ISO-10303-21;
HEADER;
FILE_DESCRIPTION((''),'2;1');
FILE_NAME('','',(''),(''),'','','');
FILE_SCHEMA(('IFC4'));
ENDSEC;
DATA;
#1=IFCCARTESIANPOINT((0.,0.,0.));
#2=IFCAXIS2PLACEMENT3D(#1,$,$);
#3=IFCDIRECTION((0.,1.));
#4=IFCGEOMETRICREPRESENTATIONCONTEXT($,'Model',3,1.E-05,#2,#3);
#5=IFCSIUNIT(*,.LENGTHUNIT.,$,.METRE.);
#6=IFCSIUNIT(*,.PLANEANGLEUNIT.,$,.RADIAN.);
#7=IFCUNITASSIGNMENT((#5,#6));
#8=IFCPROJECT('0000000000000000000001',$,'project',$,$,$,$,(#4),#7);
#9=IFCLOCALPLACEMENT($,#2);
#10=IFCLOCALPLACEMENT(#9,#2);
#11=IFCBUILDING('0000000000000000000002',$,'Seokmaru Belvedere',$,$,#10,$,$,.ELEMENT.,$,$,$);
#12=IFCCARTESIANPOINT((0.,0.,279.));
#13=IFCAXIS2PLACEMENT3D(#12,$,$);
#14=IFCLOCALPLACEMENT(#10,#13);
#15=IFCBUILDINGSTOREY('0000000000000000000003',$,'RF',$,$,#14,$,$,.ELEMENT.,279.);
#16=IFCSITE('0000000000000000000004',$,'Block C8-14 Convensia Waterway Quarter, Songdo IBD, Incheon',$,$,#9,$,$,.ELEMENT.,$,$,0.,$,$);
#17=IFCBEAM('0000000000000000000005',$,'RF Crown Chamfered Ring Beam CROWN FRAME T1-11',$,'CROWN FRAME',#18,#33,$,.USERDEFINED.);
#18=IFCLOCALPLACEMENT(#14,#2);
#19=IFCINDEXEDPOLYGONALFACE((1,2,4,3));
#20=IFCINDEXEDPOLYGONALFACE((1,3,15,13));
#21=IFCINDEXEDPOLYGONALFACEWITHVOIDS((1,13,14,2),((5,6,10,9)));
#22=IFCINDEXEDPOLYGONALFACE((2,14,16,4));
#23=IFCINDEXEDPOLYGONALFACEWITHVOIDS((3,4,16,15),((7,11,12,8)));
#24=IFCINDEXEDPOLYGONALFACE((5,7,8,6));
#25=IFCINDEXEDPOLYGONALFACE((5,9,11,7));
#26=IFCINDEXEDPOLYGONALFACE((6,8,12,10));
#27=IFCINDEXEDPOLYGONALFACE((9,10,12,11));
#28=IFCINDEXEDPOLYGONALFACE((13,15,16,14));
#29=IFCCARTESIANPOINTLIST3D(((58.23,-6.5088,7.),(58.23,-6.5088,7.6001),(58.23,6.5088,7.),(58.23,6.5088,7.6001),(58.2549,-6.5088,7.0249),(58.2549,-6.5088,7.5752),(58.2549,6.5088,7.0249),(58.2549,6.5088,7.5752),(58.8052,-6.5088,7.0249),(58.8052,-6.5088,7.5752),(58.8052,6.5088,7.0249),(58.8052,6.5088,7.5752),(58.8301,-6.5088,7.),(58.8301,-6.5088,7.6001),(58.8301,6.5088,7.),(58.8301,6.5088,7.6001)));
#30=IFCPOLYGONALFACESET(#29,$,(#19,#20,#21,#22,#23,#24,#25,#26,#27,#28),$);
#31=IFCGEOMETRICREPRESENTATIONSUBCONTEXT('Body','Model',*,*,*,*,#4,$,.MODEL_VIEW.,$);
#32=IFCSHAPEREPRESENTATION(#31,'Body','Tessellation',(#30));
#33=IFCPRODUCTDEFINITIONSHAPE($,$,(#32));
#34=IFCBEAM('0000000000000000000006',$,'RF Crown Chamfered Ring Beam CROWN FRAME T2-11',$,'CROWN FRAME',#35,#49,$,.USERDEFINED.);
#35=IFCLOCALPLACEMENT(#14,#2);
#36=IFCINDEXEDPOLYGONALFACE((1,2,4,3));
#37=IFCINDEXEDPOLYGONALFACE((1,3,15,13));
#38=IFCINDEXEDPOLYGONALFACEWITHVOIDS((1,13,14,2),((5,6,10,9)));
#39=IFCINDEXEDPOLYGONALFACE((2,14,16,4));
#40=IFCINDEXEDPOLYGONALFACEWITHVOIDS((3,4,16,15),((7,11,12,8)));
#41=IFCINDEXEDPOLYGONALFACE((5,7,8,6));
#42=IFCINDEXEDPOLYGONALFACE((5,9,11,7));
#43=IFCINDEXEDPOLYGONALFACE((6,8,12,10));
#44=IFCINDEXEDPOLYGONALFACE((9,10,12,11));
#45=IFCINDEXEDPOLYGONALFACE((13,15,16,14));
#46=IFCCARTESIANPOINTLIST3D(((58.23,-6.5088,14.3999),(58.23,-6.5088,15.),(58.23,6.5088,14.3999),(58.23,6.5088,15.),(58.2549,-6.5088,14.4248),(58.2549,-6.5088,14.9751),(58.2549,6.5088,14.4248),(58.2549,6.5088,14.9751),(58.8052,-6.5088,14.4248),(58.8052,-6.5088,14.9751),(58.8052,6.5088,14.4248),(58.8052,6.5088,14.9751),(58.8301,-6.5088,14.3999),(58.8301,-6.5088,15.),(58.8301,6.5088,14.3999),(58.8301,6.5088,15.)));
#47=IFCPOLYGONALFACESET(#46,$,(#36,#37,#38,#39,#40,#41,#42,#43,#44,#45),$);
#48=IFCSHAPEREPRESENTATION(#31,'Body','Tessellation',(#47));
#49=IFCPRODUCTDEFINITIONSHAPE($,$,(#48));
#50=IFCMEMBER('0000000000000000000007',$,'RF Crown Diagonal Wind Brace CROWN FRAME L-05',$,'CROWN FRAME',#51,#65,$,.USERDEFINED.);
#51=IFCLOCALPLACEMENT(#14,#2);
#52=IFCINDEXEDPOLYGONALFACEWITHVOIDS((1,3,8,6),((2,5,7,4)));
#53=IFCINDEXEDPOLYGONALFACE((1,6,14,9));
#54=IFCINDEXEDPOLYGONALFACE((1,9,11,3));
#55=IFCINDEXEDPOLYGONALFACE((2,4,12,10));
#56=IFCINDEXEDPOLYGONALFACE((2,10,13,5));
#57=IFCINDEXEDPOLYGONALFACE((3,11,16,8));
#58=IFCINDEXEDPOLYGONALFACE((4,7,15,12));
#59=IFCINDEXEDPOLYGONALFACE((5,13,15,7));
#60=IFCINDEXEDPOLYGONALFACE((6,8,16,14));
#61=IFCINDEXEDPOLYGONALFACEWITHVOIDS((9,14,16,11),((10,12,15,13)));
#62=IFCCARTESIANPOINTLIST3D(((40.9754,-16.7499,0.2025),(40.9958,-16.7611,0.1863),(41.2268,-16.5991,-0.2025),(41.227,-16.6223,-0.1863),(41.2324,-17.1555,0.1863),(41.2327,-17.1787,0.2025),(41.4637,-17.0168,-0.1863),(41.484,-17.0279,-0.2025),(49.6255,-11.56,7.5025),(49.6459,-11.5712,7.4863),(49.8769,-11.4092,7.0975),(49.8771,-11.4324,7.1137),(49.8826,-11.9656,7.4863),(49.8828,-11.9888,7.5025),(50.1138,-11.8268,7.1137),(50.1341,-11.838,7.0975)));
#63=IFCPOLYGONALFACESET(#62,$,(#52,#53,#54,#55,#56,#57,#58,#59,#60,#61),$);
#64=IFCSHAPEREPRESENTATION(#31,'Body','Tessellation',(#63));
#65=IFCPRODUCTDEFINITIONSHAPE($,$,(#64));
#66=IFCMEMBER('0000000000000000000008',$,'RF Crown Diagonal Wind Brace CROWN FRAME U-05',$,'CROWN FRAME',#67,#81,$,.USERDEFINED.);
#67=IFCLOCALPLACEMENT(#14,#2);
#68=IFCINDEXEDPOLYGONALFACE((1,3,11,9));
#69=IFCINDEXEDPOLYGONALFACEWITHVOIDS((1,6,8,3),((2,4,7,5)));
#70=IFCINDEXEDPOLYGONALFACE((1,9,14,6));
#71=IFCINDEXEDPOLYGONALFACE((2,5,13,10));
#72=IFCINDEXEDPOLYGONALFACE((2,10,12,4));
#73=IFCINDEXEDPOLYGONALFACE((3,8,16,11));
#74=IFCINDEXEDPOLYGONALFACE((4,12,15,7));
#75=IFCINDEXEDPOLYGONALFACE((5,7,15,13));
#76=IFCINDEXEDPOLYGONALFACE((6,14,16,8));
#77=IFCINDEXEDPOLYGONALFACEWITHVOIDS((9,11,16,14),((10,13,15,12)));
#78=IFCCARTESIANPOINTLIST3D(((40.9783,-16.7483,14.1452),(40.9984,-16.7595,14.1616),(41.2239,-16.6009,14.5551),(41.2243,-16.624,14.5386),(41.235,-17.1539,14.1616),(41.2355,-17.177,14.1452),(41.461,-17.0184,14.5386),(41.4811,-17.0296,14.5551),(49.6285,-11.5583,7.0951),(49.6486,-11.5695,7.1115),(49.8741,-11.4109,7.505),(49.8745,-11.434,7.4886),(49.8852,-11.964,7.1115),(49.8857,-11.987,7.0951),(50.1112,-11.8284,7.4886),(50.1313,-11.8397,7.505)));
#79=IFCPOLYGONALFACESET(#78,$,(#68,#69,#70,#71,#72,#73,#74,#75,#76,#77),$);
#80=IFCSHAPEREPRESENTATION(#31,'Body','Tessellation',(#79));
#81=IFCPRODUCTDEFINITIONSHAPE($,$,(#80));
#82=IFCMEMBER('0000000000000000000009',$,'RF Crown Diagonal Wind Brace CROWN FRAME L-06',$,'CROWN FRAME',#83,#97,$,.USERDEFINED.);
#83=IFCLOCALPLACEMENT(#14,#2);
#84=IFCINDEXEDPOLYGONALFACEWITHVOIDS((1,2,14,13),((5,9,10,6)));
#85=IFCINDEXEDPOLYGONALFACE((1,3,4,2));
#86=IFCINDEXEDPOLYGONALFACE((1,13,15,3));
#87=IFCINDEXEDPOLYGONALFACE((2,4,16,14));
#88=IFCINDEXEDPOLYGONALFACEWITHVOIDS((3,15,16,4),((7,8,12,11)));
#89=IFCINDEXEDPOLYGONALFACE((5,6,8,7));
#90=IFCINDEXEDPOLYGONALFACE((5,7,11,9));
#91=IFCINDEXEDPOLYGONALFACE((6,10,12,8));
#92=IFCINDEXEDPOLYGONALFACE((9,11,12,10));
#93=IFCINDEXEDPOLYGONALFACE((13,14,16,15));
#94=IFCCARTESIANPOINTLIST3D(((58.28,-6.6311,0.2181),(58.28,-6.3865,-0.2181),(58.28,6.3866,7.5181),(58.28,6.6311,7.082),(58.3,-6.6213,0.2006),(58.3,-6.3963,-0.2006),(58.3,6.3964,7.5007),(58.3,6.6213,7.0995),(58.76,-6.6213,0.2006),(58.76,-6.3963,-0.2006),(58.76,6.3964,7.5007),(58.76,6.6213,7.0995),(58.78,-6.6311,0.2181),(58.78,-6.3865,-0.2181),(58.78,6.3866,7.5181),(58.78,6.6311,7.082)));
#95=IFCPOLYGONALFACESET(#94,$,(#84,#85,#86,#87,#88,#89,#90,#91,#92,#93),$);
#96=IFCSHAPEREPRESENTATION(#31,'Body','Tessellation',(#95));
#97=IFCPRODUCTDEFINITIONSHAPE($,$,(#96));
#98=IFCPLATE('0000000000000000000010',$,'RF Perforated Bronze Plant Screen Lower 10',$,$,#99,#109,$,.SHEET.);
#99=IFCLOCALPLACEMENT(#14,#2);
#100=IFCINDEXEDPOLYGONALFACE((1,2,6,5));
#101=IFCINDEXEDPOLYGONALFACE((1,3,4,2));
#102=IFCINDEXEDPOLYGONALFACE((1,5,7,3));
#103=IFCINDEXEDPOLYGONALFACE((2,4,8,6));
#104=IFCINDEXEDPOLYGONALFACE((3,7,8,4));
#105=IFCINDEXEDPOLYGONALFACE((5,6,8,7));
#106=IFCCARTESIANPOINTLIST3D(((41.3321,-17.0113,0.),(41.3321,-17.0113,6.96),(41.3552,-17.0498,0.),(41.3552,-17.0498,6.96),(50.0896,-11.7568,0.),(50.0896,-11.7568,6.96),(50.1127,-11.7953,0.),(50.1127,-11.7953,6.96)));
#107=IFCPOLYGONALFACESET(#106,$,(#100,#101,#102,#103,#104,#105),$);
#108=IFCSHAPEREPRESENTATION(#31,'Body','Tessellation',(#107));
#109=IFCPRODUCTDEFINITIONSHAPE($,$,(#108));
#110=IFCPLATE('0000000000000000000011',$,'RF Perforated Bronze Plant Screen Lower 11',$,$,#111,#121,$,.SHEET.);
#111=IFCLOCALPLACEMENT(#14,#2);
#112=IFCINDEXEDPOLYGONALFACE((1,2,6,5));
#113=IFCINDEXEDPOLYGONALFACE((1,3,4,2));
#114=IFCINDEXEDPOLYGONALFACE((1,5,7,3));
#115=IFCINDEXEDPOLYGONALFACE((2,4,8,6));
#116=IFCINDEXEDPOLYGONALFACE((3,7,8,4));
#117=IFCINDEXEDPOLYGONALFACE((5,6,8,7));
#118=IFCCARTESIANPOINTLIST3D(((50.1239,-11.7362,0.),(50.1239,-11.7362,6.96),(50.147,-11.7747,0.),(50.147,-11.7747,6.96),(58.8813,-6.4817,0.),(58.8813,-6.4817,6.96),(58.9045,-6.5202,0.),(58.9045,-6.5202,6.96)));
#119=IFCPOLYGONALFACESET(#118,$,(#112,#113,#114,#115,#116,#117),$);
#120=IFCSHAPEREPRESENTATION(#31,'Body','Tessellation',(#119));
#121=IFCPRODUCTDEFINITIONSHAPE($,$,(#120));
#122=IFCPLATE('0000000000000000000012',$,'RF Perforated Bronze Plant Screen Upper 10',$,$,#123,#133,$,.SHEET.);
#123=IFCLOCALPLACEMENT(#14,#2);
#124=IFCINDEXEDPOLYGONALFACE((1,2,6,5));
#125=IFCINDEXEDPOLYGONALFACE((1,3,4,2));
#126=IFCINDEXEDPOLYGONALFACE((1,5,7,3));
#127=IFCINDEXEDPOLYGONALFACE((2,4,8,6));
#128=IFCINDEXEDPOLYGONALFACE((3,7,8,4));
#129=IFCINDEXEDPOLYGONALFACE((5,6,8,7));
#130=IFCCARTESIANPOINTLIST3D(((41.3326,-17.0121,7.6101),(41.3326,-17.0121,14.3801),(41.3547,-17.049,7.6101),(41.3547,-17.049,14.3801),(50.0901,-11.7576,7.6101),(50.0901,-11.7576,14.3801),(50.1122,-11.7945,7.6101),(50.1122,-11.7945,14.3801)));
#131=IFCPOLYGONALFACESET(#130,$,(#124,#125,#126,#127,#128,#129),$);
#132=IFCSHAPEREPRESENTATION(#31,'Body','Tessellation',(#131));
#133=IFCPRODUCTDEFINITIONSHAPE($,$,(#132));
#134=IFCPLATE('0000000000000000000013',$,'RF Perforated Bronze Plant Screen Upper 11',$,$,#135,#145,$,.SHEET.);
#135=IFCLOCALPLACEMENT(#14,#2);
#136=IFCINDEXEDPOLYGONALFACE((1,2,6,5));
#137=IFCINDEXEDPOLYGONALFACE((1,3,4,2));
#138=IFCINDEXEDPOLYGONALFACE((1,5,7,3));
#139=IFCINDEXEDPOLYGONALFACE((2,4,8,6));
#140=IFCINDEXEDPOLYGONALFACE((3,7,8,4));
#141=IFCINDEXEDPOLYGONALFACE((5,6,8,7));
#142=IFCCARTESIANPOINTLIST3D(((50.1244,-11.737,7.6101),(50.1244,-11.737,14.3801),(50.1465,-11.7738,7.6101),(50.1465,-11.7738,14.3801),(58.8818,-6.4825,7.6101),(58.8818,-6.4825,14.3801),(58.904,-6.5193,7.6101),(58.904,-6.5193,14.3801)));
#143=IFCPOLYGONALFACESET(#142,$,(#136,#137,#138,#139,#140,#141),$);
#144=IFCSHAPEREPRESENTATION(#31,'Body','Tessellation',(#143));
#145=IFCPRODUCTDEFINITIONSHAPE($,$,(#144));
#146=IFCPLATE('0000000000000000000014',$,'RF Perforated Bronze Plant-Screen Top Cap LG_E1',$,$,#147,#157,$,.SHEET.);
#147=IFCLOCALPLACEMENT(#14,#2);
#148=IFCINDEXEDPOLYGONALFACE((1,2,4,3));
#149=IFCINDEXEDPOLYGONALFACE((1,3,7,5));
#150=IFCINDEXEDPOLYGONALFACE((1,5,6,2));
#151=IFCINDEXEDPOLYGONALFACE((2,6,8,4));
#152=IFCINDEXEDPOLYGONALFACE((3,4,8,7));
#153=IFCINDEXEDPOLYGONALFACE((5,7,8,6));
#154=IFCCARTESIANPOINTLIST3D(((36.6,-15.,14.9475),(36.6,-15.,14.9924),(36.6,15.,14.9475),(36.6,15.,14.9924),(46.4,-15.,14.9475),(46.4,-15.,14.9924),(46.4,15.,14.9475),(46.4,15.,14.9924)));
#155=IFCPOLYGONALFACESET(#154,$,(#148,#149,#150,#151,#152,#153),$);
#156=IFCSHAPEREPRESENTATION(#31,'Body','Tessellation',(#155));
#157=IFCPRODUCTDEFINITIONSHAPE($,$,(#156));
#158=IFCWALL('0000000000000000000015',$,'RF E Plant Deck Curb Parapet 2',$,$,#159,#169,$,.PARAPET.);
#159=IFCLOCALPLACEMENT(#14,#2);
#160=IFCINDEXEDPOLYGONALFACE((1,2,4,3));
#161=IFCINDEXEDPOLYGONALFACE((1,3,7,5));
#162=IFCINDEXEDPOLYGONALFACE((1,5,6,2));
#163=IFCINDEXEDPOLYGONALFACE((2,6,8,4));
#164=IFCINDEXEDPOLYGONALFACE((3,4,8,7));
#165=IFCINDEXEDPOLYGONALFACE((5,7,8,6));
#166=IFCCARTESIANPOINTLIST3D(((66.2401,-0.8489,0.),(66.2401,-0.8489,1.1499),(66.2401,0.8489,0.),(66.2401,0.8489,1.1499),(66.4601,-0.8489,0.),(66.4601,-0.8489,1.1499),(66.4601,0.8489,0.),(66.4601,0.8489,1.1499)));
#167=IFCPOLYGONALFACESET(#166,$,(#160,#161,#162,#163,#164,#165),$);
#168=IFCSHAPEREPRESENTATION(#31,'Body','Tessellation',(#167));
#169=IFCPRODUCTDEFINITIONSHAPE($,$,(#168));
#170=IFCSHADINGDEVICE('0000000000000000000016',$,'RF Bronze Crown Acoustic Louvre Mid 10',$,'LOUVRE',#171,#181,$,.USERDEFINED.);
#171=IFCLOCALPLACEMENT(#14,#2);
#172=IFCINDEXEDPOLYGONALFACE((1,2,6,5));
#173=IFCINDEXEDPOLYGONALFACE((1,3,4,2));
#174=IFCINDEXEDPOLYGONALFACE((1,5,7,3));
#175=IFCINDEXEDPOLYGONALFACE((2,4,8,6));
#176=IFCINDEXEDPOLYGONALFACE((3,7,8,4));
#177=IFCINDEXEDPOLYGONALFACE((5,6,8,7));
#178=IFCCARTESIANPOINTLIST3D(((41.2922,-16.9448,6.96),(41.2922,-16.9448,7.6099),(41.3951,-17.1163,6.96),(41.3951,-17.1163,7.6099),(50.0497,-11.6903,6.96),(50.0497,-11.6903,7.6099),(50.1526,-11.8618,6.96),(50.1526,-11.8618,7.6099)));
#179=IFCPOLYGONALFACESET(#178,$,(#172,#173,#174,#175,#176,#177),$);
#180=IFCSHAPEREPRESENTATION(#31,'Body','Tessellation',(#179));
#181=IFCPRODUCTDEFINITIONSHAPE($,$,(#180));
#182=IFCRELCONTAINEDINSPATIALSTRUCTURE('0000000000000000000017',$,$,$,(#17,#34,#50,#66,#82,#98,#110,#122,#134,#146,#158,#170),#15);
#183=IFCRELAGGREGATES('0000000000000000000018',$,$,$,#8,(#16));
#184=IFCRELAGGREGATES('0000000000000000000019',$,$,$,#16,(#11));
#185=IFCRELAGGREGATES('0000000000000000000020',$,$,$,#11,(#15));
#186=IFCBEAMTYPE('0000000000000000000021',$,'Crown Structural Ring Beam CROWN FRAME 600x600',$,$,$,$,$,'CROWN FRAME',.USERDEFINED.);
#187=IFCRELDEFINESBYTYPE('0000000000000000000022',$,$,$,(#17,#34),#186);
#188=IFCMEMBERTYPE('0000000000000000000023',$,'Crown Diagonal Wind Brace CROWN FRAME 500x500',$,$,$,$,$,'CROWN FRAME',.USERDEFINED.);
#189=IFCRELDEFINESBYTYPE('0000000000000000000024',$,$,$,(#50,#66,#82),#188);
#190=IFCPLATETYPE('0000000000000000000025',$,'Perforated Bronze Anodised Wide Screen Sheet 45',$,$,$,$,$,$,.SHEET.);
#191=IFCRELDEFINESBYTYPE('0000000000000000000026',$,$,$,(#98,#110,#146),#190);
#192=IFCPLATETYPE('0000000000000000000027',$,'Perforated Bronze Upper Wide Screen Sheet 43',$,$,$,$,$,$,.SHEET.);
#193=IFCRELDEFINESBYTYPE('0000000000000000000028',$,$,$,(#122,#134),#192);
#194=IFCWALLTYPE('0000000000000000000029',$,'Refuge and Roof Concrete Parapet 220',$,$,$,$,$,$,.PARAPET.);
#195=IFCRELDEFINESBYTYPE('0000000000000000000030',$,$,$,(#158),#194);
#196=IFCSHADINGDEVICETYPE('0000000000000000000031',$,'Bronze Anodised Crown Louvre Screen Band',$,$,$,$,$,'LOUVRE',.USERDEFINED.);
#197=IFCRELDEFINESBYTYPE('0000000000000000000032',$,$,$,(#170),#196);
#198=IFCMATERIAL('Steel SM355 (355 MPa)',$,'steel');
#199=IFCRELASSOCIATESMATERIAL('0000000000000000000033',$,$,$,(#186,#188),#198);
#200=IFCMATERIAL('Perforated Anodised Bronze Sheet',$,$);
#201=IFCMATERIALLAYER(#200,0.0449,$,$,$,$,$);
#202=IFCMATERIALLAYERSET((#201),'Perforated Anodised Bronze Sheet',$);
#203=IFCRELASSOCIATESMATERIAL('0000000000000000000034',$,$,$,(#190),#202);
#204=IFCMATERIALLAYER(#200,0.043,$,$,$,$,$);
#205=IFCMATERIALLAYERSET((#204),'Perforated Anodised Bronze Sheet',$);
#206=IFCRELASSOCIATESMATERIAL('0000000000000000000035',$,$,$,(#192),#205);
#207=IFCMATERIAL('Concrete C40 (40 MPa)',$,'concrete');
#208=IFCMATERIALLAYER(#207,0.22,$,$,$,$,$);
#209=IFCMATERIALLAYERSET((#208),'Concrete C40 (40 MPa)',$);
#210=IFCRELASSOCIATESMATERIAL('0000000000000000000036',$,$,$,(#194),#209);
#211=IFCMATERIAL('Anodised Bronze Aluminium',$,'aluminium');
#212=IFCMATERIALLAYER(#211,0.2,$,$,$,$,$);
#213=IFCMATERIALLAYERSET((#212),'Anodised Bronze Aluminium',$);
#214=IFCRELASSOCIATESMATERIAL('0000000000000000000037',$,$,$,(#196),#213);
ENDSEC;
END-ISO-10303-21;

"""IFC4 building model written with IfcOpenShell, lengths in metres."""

from ifc_helpers import new_model, si_unit, direction, frame, frame_2d, origin, origin_2d, place, context, subcontext, project, spatial, rectangle, hollow_rectangle, extrude, source, transform, mapped, material, layer, layer_set, material_profile, profile_set, type_object, type_shapes, element, save


model = new_model("IFC4")

# Units and contexts
model_context = context("Model", 3, precision=1e-05, world=origin(), true_north=direction((0.0, 1.0)))
body_context = subcontext(model_context, "Body", "Model", "MODEL_VIEW")
ifc_project = project(units=[si_unit("LENGTHUNIT", "METRE"), si_unit("PLANEANGLEUNIT", "RADIAN")], contexts=[model_context])

# Site, building, storey
site_placement = place(None, origin())
site = spatial("IfcSite", under=ifc_project, at=site_placement, Name="Block C8-14 Convensia Waterway Quarter, Songdo IBD, Incheon", CompositionType="ELEMENT", RefElevation=0.0)
building_placement = place(site_placement, origin())
building = spatial("IfcBuilding", under=site, at=building_placement, Name="Seokmaru Belvedere", CompositionType="ELEMENT")
storey_placement = place(building_placement, frame((0.0, 0.0, 279.0)))
storey = spatial("IfcBuildingStorey", under=building, at=storey_placement, Name="RF", CompositionType="ELEMENT", Elevation=279.0)

# Shared definitions
ifc_material_1 = material(Name="Steel SM355 (355 MPa)", Category="steel")

# Beams
ifc_material_profile_1 = material_profile(ifc_material_1, hollow_rectangle(XDim=0.6001, YDim=0.6001, WallThickness=0.0249, at=origin_2d()), Name="HSS-600x600x25")
ifc_profile_set_1 = profile_set([ifc_material_profile_1], Name="Steel SM355 (355 MPa)")
beam_type_1 = type_object("IfcBeamType", Name="Crown Structural Ring Beam CROWN FRAME 600x600", ElementType="CROWN FRAME", PredefinedType="USERDEFINED", material=ifc_profile_set_1)
shared_shape_1 = source(origin(), body_context, "Body", "SweptSolid", [
    extrude(hollow_rectangle(XDim=0.6001, YDim=0.6001, WallThickness=0.0249, at=origin_2d()), origin(), (0.0, 0.0, 1.0), 13.0176),
])
for number, where, z_axis, x_axis, name in (
    (1, (58.53, -6.5088, 7.3), (0.0, 1.0, 0.0), (-1.0, 0.0, 0.0), "RF Crown Chamfered Ring Beam CROWN FRAME T1-11"),
    (2, (58.53, -6.5088, 14.7), (0.0, 1.0, 0.0), (-1.0, 0.0, 0.0), "RF Crown Chamfered Ring Beam CROWN FRAME T2-11"),
):
    element("IfcBeam", number, at=place(storey_placement, frame(where, z_axis=z_axis, x_axis=x_axis)), inside=storey, type_object=beam_type_1, Name=name, ObjectType="CROWN FRAME", PredefinedType="USERDEFINED", context=body_context, shape_type="MappedRepresentation", body=[
        mapped(shared_shape_1, transform((0.0, 0.0, 0.0), scale=1.0)),
    ])

# Members
ifc_material_profile_2 = material_profile(ifc_material_1, hollow_rectangle(XDim=0.5, YDim=0.5, WallThickness=0.02, at=origin_2d()), Name="HSS-500x500x20")
ifc_profile_set_2 = profile_set([ifc_material_profile_2], Name="Steel SM355 (355 MPa)")
member_type = type_object("IfcMemberType", Name="Crown Diagonal Wind Brace CROWN FRAME 500x500", ElementType="CROWN FRAME", PredefinedType="USERDEFINED", material=ifc_profile_set_2)
shared_shape_2 = source(origin(), body_context, "Body", "SweptSolid", [
    extrude(hollow_rectangle(XDim=0.5, YDim=0.5, WallThickness=0.02, at=origin_2d()), origin(), (0.0, 0.0, 1.0), 12.4519),
])
member_1_placement = place(storey_placement, frame((41.2297, -16.8889, 0.0), z_axis=(0.694682, 0.416797, 0.586257), x_axis=(-0.514485, 0.857499, 0.0)))
element("IfcMember", 3, at=member_1_placement, inside=storey, type_object=member_type, Name="RF Crown Diagonal Wind Brace CROWN FRAME L-05", ObjectType="CROWN FRAME", PredefinedType="USERDEFINED", context=body_context, shape_type="MappedRepresentation", body=[
    mapped(shared_shape_2, transform((0.0, 0.0, 0.0), scale=1.0)),
])
shared_shape_3 = source(origin(), body_context, "Body", "SweptSolid", [
    extrude(hollow_rectangle(XDim=0.5, YDim=0.5, WallThickness=0.02, at=origin_2d()), origin(), (0.0, 0.0, 1.0), 12.3071),
])
member_2_placement = place(storey_placement, frame((49.8799, -11.699, 7.3), z_axis=(-0.702861, -0.421704, 0.572846), x_axis=(0.514485, -0.857499, 0.0)))
element("IfcMember", 4, at=member_2_placement, inside=storey, type_object=member_type, Name="RF Crown Diagonal Wind Brace CROWN FRAME U-05", ObjectType="CROWN FRAME", PredefinedType="USERDEFINED", context=body_context, shape_type="MappedRepresentation", body=[
    mapped(shared_shape_3, transform((0.0, 0.0, 0.0), scale=1.0)),
])
shared_shape_4 = source(origin(), body_context, "Body", "SweptSolid", [
    extrude(hollow_rectangle(XDim=0.5, YDim=0.5, WallThickness=0.02, at=origin_2d()), origin(), (0.0, 0.0, 1.0), 14.9248),
])
type_shapes(member_type, [shared_shape_2, shared_shape_3, shared_shape_4])
member_3_placement = place(storey_placement, frame((58.53, -6.5088, 0.0), z_axis=(0.0, 0.872214, 0.489124), x_axis=(-1.0, 0.0, 0.0)))
element("IfcMember", 5, at=member_3_placement, inside=storey, type_object=member_type, Name="RF Crown Diagonal Wind Brace CROWN FRAME L-06", ObjectType="CROWN FRAME", PredefinedType="USERDEFINED", context=body_context, shape_type="MappedRepresentation", body=[
    mapped(shared_shape_4, transform((0.0, 0.0, 0.0), scale=1.0)),
])

# Plates
ifc_material_2 = material(Name="Perforated Anodised Bronze Sheet")
ifc_layer_1 = layer(ifc_material_2, 0.0449)
ifc_layer_set_1 = layer_set([ifc_layer_1], Name="Perforated Anodised Bronze Sheet")
plate_type_1 = type_object("IfcPlateType", Name="Perforated Bronze Anodised Wide Screen Sheet 45", PredefinedType="SHEET", material=ifc_layer_set_1)
shared_shape_5 = source(origin(), body_context, "Body", "SweptSolid", [
    extrude(rectangle(XDim=10.2129, YDim=0.0449, at=origin_2d()), origin(), (0.0, 0.0, 1.0), 6.96),
])
for number, where, z_axis, x_axis, name in (
    (6, (45.7224, -14.4033, 0.0), (0.0, 0.0, 1.0), (0.857493, 0.514496, 0.0), "RF Perforated Bronze Plant Screen Lower 10"),
    (7, (54.5142, -9.1282, 0.0), (0.0, 0.0, 1.0), (0.857493, 0.514496, 0.0), "RF Perforated Bronze Plant Screen Lower 11"),
):
    element("IfcPlate", number, at=place(storey_placement, frame(where, z_axis=z_axis, x_axis=x_axis)), inside=storey, type_object=plate_type_1, Name=name, PredefinedType="SHEET", context=body_context, shape_type="MappedRepresentation", body=[
        mapped(shared_shape_5, transform((0.0, 0.0, 0.0), scale=1.0)),
    ])
ifc_layer_2 = layer(ifc_material_2, 0.043)
ifc_layer_set_2 = layer_set([ifc_layer_2], Name="Perforated Anodised Bronze Sheet")
plate_type_2 = type_object("IfcPlateType", Name="Perforated Bronze Upper Wide Screen Sheet 43", PredefinedType="SHEET", material=ifc_layer_set_2)
shared_shape_6 = source(origin(), body_context, "Body", "SweptSolid", [
    extrude(rectangle(XDim=10.2129, YDim=0.043, at=origin_2d()), origin(), (0.0, 0.0, 1.0), 6.77),
])
type_shapes(plate_type_2, [shared_shape_6])
for number, where, z_axis, x_axis, name in (
    (8, (45.7224, -14.4033, 7.6101), (0.0, 0.0, 1.0), (0.857493, 0.514496, 0.0), "RF Perforated Bronze Plant Screen Upper 10"),
    (9, (54.5142, -9.1282, 7.6101), (0.0, 0.0, 1.0), (0.857493, 0.514496, 0.0), "RF Perforated Bronze Plant Screen Upper 11"),
):
    element("IfcPlate", number, at=place(storey_placement, frame(where, z_axis=z_axis, x_axis=x_axis)), inside=storey, type_object=plate_type_2, Name=name, PredefinedType="SHEET", context=body_context, shape_type="MappedRepresentation", body=[
        mapped(shared_shape_6, transform((0.0, 0.0, 0.0), scale=1.0)),
    ])
shared_shape_7 = source(origin(), body_context, "Body", "SweptSolid", [
    extrude(rectangle(XDim=9.8, YDim=30.0, at=origin_2d()), origin(), (0.0, 0.0, 1.0), 0.0449),
])
type_shapes(plate_type_1, [shared_shape_5, shared_shape_7])
plate_placement = place(storey_placement, frame((41.5, 0.0, 14.9475), z_axis=(0.0, 0.0, 1.0), x_axis=(1.0, 0.0, 0.0)))
element("IfcPlate", 10, at=plate_placement, inside=storey, type_object=plate_type_1, Name="RF Perforated Bronze Plant-Screen Top Cap LG_E1", PredefinedType="SHEET", context=body_context, shape_type="MappedRepresentation", body=[
    mapped(shared_shape_7, transform((0.0, 0.0, 0.0), scale=1.0)),
])

# Wall
ifc_material_3 = material(Name="Concrete C40 (40 MPa)", Category="concrete")
ifc_layer_3 = layer(ifc_material_3, 0.22)
ifc_layer_set_3 = layer_set([ifc_layer_3], Name="Concrete C40 (40 MPa)")
wall_type = type_object("IfcWallType", Name="Refuge and Roof Concrete Parapet 220", PredefinedType="PARAPET", material=ifc_layer_set_3)
wall_placement = place(storey_placement, frame((66.3501, -0.8489, 0.0), z_axis=(0.0, 0.0, 1.0), x_axis=(0.0, 1.0, 0.0)))
element("IfcWall", 11, at=wall_placement, inside=storey, type_object=wall_type, Name="RF E Plant Deck Curb Parapet 2", PredefinedType="PARAPET", context=body_context, shape_type="SweptSolid", body=[
    extrude(rectangle(XDim=1.6978, YDim=0.22, at=frame_2d((0.8489, 0.0))), origin(), (0.0, 0.0, 1.0), 1.1499),
])

# Shading device
ifc_material_4 = material(Name="Anodised Bronze Aluminium", Category="aluminium")
ifc_layer_4 = layer(ifc_material_4, 0.2)
ifc_layer_set_4 = layer_set([ifc_layer_4], Name="Anodised Bronze Aluminium")
shading_device_type = type_object("IfcShadingDeviceType", Name="Bronze Anodised Crown Louvre Screen Band", ElementType="LOUVRE", PredefinedType="USERDEFINED", material=ifc_layer_set_4)
shared_shape_8 = source(origin(), body_context, "Body", "SweptSolid", [
    extrude(rectangle(XDim=10.2129, YDim=0.2, at=origin_2d()), origin(), (0.0, 0.0, 1.0), 0.6499),
])
for number, where, z_axis, x_axis, name in (
    (12, (45.7224, -14.4033, 6.96), (0.0, 0.0, 1.0), (0.857493, 0.514496, 0.0), "RF Bronze Crown Acoustic Louvre Mid 10"),
):
    element("IfcShadingDevice", number, at=place(storey_placement, frame(where, z_axis=z_axis, x_axis=x_axis)), inside=storey, type_object=shading_device_type, Name=name, ObjectType="LOUVRE", PredefinedType="USERDEFINED", context=body_context, shape_type="MappedRepresentation", body=[
        mapped(shared_shape_8, transform((0.0, 0.0, 0.0), scale=1.0)),
    ])

save(model, "model.ifc")
